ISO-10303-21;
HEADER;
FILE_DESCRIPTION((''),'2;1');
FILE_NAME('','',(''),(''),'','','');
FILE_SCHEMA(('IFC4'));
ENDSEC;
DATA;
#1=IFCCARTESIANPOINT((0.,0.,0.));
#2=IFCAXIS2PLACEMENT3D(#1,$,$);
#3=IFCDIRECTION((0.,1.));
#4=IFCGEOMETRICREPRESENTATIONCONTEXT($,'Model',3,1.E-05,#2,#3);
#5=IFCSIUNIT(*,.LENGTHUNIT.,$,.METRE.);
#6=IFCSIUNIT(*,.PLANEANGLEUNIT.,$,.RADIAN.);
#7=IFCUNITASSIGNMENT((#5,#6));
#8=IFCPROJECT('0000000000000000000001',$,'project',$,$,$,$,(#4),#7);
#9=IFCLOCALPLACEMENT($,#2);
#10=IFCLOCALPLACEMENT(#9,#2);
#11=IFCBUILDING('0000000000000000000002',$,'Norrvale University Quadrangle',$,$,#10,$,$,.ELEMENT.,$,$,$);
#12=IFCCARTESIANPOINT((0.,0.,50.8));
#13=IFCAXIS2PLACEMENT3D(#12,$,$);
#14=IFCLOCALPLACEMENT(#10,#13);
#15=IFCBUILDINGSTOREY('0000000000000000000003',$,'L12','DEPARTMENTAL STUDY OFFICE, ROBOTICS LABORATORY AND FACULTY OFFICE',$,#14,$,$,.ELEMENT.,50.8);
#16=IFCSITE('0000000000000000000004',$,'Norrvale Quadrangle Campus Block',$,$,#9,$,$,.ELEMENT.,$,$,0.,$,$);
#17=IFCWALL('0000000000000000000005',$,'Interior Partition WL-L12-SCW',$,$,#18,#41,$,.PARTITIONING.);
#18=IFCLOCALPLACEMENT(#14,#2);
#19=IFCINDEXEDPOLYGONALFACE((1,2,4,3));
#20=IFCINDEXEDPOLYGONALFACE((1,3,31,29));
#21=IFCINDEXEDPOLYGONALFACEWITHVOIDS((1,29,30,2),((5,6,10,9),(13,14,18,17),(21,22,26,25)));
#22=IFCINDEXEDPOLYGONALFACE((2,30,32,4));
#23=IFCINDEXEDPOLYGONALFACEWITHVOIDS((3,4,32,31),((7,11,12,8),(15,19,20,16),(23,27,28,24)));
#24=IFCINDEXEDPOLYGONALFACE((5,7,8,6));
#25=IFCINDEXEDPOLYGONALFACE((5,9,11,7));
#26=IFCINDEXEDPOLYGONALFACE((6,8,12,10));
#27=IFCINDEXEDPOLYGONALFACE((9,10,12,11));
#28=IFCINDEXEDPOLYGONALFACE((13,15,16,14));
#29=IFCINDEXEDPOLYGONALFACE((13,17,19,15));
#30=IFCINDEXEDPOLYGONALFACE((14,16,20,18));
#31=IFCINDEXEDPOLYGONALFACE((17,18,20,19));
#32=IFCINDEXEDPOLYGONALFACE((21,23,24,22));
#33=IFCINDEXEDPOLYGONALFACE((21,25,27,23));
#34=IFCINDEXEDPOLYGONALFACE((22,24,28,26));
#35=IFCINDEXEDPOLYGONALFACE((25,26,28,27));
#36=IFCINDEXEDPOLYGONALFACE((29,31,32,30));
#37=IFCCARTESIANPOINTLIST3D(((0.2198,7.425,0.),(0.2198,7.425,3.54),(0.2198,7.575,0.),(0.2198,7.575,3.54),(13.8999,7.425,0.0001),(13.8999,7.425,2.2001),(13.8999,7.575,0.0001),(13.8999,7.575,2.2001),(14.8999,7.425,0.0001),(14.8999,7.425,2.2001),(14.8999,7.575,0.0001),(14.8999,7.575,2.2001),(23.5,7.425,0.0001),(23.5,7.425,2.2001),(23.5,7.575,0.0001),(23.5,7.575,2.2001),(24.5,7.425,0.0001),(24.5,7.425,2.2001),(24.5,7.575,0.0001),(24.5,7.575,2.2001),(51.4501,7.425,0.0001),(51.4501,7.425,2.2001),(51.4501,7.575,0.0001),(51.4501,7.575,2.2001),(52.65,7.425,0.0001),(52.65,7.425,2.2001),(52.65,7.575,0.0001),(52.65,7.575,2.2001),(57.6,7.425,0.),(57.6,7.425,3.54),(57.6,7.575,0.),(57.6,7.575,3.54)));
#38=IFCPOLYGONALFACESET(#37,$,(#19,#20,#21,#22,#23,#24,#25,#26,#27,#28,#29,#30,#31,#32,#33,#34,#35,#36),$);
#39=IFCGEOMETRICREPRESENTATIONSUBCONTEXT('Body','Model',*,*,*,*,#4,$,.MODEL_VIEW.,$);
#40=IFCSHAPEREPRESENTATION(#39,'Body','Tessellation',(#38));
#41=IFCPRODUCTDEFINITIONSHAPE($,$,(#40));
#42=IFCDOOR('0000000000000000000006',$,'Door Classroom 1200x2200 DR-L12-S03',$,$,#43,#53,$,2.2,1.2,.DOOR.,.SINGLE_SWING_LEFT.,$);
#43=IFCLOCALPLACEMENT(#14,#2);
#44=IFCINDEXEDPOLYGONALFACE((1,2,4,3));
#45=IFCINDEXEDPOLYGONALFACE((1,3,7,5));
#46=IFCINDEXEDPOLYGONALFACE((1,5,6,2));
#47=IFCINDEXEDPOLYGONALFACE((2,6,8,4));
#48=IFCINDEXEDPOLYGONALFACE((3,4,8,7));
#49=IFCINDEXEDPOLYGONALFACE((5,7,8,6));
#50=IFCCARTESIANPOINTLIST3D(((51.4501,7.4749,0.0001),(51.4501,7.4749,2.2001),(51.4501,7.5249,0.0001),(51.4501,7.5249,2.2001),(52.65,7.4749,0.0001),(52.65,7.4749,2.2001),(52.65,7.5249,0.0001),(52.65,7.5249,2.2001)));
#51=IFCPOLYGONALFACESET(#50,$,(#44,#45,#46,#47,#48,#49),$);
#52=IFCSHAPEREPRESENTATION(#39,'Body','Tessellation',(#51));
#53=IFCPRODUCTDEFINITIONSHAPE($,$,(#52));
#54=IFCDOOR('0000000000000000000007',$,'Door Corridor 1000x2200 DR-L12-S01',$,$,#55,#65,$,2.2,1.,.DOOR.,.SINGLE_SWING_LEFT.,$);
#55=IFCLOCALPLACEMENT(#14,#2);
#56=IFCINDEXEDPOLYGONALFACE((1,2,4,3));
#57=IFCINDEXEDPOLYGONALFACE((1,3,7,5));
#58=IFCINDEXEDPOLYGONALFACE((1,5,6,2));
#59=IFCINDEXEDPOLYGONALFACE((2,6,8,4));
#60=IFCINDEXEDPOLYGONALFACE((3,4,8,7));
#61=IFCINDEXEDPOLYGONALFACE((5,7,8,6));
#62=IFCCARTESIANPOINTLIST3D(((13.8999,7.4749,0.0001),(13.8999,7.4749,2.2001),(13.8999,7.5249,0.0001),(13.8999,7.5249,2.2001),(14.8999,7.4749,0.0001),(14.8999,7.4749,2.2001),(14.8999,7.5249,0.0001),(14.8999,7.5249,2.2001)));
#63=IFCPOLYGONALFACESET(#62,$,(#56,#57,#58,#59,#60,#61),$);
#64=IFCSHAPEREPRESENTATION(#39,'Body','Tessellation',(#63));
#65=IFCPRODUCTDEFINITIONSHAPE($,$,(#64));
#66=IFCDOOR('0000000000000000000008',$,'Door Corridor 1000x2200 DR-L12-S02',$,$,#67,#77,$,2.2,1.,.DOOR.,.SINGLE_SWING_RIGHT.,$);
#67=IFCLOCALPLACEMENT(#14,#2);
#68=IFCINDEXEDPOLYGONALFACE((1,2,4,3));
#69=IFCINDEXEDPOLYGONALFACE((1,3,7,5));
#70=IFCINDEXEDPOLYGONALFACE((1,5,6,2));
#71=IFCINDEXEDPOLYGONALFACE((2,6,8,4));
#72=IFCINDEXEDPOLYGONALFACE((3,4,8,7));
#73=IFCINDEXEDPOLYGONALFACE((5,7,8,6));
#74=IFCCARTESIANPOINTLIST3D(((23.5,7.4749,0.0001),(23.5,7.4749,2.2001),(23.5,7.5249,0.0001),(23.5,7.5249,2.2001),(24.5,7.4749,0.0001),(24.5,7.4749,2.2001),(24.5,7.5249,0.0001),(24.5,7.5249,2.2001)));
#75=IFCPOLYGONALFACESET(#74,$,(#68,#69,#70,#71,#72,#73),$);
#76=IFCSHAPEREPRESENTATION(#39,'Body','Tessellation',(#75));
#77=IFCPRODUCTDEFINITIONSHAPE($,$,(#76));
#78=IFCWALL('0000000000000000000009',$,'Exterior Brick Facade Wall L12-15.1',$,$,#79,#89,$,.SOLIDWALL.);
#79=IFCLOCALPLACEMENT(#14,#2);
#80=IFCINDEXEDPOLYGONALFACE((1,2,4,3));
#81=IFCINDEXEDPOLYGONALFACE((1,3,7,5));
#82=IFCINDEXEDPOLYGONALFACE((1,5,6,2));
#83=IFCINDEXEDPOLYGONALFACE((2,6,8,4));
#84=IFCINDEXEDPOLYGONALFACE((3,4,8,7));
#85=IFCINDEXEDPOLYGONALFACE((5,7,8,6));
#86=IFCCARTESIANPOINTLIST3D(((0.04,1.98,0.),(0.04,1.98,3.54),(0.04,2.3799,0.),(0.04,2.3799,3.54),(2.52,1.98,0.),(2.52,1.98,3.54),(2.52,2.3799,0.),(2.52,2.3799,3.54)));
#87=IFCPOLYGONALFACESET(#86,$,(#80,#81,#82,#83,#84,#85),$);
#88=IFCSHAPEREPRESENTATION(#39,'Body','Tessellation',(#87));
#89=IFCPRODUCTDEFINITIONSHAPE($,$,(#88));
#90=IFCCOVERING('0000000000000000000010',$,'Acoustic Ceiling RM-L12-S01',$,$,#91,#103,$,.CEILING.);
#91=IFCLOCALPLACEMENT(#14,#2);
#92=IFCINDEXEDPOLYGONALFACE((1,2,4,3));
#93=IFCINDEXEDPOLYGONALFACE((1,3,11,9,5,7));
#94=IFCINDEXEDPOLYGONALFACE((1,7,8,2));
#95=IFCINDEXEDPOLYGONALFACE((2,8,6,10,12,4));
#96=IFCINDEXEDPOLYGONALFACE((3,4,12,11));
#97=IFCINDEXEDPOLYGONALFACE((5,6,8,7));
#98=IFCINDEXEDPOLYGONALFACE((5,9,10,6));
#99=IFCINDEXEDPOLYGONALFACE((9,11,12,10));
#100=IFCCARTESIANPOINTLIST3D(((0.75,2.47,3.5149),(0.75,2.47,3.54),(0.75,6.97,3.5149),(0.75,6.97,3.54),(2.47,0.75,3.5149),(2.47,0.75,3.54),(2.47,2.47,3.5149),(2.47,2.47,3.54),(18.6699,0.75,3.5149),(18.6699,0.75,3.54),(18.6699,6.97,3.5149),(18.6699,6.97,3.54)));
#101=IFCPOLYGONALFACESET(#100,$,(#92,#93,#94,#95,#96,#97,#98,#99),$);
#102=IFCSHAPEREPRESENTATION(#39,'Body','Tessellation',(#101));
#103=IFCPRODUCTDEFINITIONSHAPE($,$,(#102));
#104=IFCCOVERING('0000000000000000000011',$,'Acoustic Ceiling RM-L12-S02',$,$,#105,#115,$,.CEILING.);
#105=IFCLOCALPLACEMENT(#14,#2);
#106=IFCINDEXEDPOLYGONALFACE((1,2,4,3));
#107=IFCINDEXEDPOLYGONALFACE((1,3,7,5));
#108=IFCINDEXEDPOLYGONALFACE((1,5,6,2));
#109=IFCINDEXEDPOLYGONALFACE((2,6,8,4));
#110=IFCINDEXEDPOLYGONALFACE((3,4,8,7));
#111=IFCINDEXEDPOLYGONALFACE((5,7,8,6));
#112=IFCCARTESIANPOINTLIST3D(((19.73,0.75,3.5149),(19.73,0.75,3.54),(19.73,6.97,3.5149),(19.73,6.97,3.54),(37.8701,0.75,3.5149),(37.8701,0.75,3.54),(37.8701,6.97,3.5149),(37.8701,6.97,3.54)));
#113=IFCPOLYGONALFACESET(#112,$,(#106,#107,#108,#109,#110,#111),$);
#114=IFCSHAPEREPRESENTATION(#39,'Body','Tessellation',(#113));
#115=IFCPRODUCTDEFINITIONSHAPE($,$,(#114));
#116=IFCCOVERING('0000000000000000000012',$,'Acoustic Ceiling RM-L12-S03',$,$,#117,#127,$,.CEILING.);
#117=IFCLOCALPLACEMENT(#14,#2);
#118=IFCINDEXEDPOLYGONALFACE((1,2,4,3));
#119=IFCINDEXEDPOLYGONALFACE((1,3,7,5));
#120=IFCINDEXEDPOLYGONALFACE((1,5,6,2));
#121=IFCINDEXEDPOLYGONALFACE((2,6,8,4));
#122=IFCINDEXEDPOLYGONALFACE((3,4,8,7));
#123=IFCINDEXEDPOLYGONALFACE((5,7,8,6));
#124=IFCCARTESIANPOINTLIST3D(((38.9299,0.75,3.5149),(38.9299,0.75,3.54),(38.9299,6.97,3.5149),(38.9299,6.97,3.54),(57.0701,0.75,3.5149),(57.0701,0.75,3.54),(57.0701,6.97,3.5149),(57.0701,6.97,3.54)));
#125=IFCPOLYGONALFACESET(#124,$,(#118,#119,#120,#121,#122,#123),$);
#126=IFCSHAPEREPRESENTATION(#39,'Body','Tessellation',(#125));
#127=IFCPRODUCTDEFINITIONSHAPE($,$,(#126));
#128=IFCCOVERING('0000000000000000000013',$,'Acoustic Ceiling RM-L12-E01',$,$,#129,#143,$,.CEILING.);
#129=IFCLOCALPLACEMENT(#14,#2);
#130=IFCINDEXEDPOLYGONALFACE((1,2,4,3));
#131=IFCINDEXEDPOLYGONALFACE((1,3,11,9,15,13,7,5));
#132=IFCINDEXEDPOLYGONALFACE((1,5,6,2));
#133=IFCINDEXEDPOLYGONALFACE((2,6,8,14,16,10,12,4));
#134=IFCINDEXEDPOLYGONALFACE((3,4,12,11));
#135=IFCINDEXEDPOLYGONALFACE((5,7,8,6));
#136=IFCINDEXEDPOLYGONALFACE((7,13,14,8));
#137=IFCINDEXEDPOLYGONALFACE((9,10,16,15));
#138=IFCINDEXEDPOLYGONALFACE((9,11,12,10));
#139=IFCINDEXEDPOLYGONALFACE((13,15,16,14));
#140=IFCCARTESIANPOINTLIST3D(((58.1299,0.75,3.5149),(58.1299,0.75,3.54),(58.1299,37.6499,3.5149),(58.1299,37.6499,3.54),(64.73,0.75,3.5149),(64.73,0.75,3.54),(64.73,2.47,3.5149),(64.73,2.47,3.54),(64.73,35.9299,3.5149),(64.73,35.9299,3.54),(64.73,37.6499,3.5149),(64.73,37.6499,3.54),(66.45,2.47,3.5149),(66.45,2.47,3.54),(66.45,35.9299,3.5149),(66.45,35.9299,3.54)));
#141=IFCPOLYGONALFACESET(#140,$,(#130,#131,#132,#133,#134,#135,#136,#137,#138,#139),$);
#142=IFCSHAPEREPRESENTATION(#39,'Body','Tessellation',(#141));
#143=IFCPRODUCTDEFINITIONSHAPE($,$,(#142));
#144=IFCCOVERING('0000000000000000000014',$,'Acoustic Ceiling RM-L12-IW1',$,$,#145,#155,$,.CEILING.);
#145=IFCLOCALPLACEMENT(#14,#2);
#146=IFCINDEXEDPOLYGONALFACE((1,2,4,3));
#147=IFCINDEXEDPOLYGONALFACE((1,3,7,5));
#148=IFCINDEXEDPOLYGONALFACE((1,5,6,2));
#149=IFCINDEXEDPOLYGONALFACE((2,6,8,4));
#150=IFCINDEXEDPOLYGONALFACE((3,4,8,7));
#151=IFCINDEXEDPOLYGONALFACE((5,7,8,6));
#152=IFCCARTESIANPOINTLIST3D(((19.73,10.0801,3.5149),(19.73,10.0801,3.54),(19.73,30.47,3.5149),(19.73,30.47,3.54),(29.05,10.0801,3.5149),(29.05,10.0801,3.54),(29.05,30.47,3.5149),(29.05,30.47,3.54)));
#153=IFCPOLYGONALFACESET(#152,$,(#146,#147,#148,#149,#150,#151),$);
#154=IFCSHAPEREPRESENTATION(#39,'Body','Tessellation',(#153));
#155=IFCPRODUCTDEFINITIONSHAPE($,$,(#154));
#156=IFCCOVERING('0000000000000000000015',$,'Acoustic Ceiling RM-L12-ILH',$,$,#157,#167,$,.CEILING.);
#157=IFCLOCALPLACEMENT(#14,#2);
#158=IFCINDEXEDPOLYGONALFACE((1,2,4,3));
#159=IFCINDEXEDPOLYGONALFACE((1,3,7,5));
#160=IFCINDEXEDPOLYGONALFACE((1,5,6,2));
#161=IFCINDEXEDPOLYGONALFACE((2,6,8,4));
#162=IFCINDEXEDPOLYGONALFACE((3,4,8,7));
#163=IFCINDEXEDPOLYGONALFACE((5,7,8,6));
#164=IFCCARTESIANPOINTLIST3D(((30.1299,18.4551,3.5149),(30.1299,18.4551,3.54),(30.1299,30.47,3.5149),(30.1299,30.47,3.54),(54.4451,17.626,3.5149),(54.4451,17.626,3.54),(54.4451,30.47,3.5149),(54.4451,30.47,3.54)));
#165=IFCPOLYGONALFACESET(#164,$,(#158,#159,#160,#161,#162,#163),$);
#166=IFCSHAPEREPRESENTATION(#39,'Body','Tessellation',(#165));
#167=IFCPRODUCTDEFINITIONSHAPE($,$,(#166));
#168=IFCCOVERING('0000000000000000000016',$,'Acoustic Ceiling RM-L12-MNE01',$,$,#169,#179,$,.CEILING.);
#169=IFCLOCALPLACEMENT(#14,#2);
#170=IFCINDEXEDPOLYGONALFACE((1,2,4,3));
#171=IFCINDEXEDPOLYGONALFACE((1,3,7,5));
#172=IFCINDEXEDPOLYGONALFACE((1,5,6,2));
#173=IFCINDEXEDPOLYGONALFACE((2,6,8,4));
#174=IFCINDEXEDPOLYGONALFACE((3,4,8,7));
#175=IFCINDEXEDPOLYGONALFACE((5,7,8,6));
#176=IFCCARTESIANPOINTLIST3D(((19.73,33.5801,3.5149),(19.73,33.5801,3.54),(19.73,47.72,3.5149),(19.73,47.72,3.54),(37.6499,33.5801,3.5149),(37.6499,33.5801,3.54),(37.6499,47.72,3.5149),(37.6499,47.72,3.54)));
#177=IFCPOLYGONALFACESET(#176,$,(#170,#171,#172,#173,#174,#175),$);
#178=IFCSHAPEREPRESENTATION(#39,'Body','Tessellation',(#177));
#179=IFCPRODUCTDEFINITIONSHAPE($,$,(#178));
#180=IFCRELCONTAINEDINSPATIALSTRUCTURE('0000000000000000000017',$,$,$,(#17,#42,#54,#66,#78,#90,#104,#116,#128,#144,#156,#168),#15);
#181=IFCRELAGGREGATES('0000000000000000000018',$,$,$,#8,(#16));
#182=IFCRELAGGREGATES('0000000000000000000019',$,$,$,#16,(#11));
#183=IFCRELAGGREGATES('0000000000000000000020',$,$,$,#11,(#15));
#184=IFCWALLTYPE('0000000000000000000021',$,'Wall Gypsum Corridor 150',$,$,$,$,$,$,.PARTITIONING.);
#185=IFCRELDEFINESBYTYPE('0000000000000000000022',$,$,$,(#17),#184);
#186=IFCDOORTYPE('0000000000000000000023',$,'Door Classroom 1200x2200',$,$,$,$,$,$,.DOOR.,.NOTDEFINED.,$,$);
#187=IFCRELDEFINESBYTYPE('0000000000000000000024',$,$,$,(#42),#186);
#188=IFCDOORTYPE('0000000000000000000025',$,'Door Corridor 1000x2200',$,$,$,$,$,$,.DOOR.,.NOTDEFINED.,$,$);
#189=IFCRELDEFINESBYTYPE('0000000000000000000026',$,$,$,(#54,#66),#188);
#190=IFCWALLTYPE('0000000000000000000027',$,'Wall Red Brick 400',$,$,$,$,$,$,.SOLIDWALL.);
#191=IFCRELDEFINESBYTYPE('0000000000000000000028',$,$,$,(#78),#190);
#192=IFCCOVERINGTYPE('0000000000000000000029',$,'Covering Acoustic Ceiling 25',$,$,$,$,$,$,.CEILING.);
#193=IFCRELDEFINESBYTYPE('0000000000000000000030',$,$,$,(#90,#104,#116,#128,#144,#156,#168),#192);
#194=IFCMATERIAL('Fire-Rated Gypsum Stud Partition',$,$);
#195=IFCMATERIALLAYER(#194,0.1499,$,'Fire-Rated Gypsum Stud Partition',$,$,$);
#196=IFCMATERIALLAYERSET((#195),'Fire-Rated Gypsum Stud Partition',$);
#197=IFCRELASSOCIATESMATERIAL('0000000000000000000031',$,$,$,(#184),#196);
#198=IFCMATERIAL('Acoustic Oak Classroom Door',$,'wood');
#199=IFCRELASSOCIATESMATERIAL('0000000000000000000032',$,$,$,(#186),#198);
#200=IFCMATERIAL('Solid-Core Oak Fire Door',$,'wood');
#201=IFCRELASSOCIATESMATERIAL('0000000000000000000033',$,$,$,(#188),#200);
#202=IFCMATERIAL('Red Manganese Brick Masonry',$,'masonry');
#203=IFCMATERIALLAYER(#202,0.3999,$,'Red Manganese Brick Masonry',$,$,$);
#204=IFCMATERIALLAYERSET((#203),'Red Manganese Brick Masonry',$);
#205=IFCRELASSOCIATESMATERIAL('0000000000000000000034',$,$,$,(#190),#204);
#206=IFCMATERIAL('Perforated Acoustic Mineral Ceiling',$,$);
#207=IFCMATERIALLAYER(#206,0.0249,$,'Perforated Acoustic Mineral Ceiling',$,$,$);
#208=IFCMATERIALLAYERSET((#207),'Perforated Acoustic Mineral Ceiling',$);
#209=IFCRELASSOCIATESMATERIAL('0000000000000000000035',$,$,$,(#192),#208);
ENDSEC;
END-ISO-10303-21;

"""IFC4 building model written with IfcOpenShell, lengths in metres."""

from ifc_helpers import new_model, si_unit, direction, frame, frame_2d, origin, place, context, subcontext, project, spatial, polyline, rectangle, outline, extrude, material, layer, layer_set, type_object, element, fill, save


model = new_model("IFC4")

# Units and contexts
model_context = context("Model", 3, precision=1e-05, world=origin(), true_north=direction((0.0, 1.0)))
body_context = subcontext(model_context, "Body", "Model", "MODEL_VIEW")
ifc_project = project(units=[si_unit("LENGTHUNIT", "METRE"), si_unit("PLANEANGLEUNIT", "RADIAN")], contexts=[model_context])

# Site, building, storey
site_placement = place(None, origin())
site = spatial("IfcSite", under=ifc_project, at=site_placement, Name="Norrvale Quadrangle Campus Block", CompositionType="ELEMENT", RefElevation=0.0)
building_placement = place(site_placement, origin())
building = spatial("IfcBuilding", under=site, at=building_placement, Name="Norrvale University Quadrangle", CompositionType="ELEMENT")
storey_placement = place(building_placement, frame((0.0, 0.0, 50.8)))
storey = spatial("IfcBuildingStorey", under=building, at=storey_placement, Name="L12", Description="DEPARTMENTAL STUDY OFFICE, ROBOTICS LABORATORY AND FACULTY OFFICE", CompositionType="ELEMENT", Elevation=50.8)

# Wall, openings, doors
ifc_material_1 = material(Name="Fire-Rated Gypsum Stud Partition")
ifc_layer_1 = layer(ifc_material_1, 0.1499, Name="Fire-Rated Gypsum Stud Partition")
ifc_layer_set_1 = layer_set([ifc_layer_1], Name="Fire-Rated Gypsum Stud Partition")
wall_type_1 = type_object("IfcWallType", Name="Wall Gypsum Corridor 150", PredefinedType="PARTITIONING", material=ifc_layer_set_1)
wall_1_placement = place(storey_placement, frame((0.22, 7.5, 0.0), z_axis=(0.0, 0.0, 1.0), x_axis=(1.0, 0.0, 0.0)))
wall_1 = element("IfcWall", 1, at=wall_1_placement, inside=storey, type_object=wall_type_1, Name="Interior Partition WL-L12-SCW", PredefinedType="PARTITIONING", context=body_context, shape_type="SweptSolid", body=[
    extrude(rectangle(XDim=57.3801, YDim=0.1499, at=frame_2d((28.6899, 0.0))), origin(), (0.0, 0.0, 1.0), 3.54),
])
opening_1_placement = place(wall_1_placement, frame((13.6799, 0.0, 0.0)))
opening_1 = element("IfcOpeningElement", 2, at=opening_1_placement, cuts=wall_1, PredefinedType="OPENING", context=body_context, shape_type="SweptSolid", body=[
    extrude(rectangle(XDim=1.0, YDim=2.2, at=frame_2d((0.5, 1.1001))), frame((0.0, 0.0869, 0.0), z_axis=(0.0, -1.0, 0.0), x_axis=(1.0, 0.0, 0.0)), (0.0, 0.0, 1.0), 0.1738),
])
opening_2_placement = place(wall_1_placement, frame((23.28, 0.0, 0.0)))
opening_2 = element("IfcOpeningElement", 3, at=opening_2_placement, cuts=wall_1, PredefinedType="OPENING", context=body_context, shape_type="SweptSolid", body=[
    extrude(rectangle(XDim=1.0, YDim=2.2, at=frame_2d((0.5, 1.1001))), frame((0.0, 0.0869, 0.0), z_axis=(0.0, -1.0, 0.0), x_axis=(1.0, 0.0, 0.0)), (0.0, 0.0, 1.0), 0.1738),
])
opening_3_placement = place(wall_1_placement, frame((51.23, 0.0, 0.0)))
opening_3 = element("IfcOpeningElement", 4, at=opening_3_placement, cuts=wall_1, PredefinedType="OPENING", context=body_context, shape_type="SweptSolid", body=[
    extrude(rectangle(XDim=1.2, YDim=2.2, at=frame_2d((0.6001, 1.1001))), frame((0.0, 0.0869, 0.0), z_axis=(0.0, -1.0, 0.0), x_axis=(1.0, 0.0, 0.0)), (0.0, 0.0, 1.0), 0.1738),
])
ifc_material_2 = material(Name="Acoustic Oak Classroom Door", Category="wood")
door_type_1 = type_object("IfcDoorType", Name="Door Classroom 1200x2200", OperationType="NOTDEFINED", PredefinedType="DOOR", material=ifc_material_2)
door_1_placement = place(opening_3_placement, origin())
door_1 = element("IfcDoor", 5, at=door_1_placement, inside=storey, type_object=door_type_1, Name="Door Classroom 1200x2200 DR-L12-S03", OperationType="SINGLE_SWING_LEFT", OverallHeight=2.2, OverallWidth=1.2, PredefinedType="DOOR", context=body_context, shape_type="SweptSolid", body=[
    extrude(rectangle(XDim=1.2, YDim=2.2, at=frame_2d((0.6001, 1.1001))), frame((0.0, 0.0249, 0.0), z_axis=(0.0, -1.0, 0.0), x_axis=(1.0, 0.0, 0.0)), (0.0, 0.0, 1.0), 0.05),
])
fill(opening_3, door_1)
ifc_material_3 = material(Name="Solid-Core Oak Fire Door", Category="wood")
door_type_2 = type_object("IfcDoorType", Name="Door Corridor 1000x2200", OperationType="NOTDEFINED", PredefinedType="DOOR", material=ifc_material_3)
door_2_placement = place(opening_1_placement, origin())
door_2 = element("IfcDoor", 6, at=door_2_placement, inside=storey, type_object=door_type_2, Name="Door Corridor 1000x2200 DR-L12-S01", OperationType="SINGLE_SWING_LEFT", OverallHeight=2.2, OverallWidth=1.0, PredefinedType="DOOR", context=body_context, shape_type="SweptSolid", body=[
    extrude(rectangle(XDim=1.0, YDim=2.2, at=frame_2d((0.5, 1.1001))), frame((0.0, 0.0249, 0.0), z_axis=(0.0, -1.0, 0.0), x_axis=(1.0, 0.0, 0.0)), (0.0, 0.0, 1.0), 0.05),
])
fill(opening_1, door_2)
door_3_placement = place(opening_2_placement, origin())
door_3 = element("IfcDoor", 7, at=door_3_placement, inside=storey, type_object=door_type_2, Name="Door Corridor 1000x2200 DR-L12-S02", OperationType="SINGLE_SWING_RIGHT", OverallHeight=2.2, OverallWidth=1.0, PredefinedType="DOOR", context=body_context, shape_type="SweptSolid", body=[
    extrude(rectangle(XDim=1.0, YDim=2.2, at=frame_2d((0.5, 1.1001))), frame((0.0, 0.0249, 0.0), z_axis=(0.0, -1.0, 0.0), x_axis=(1.0, 0.0, 0.0)), (0.0, 0.0, 1.0), 0.05),
])
fill(opening_2, door_3)

# Wall
ifc_material_4 = material(Name="Red Manganese Brick Masonry", Category="masonry")
ifc_layer_2 = layer(ifc_material_4, 0.3999, Name="Red Manganese Brick Masonry")
ifc_layer_set_2 = layer_set([ifc_layer_2], Name="Red Manganese Brick Masonry")
wall_type_2 = type_object("IfcWallType", Name="Wall Red Brick 400", PredefinedType="SOLIDWALL", material=ifc_layer_set_2)
wall_2_placement = place(storey_placement, frame((0.04, 2.1799, 0.0), z_axis=(0.0, 0.0, 1.0), x_axis=(1.0, 0.0, 0.0)))
element("IfcWall", 8, at=wall_2_placement, inside=storey, type_object=wall_type_2, Name="Exterior Brick Facade Wall L12-15.1", PredefinedType="SOLIDWALL", context=body_context, shape_type="SweptSolid", body=[
    extrude(rectangle(XDim=2.48, YDim=0.3999, at=frame_2d((1.24, 0.0))), origin(), (0.0, 0.0, 1.0), 3.54),
])

# Coverings
ifc_material_5 = material(Name="Perforated Acoustic Mineral Ceiling")
ifc_layer_3 = layer(ifc_material_5, 0.0249, Name="Perforated Acoustic Mineral Ceiling")
ifc_layer_set_3 = layer_set([ifc_layer_3], Name="Perforated Acoustic Mineral Ceiling")
covering_type_1 = type_object("IfcCoveringType", Name="Covering Acoustic Ceiling 25", PredefinedType="CEILING", material=ifc_layer_set_3)
covering_1_placement = place(storey_placement, frame((0.0, 0.0, 3.5149)))
element("IfcCovering", 9, at=covering_1_placement, inside=storey, type_object=covering_type_1, Name="Acoustic Ceiling RM-L12-S01", PredefinedType="CEILING", context=body_context, shape_type="SweptSolid", body=[
    extrude(outline(polyline([(0.75, 6.97), (18.6699, 6.97), (18.6699, 0.75), (2.47, 0.75), (2.47, 2.47), (0.75, 2.47), (0.75, 6.97)])), origin(), (0.0, 0.0, 1.0), 0.0251),
])
covering_2_placement = place(storey_placement, frame((0.0, 0.0, 3.5149)))
element("IfcCovering", 10, at=covering_2_placement, inside=storey, type_object=covering_type_1, Name="Acoustic Ceiling RM-L12-S02", PredefinedType="CEILING", context=body_context, shape_type="SweptSolid", body=[
    extrude(outline(polyline([(19.73, 6.97), (37.8701, 6.97), (37.8701, 0.75), (19.73, 0.75), (19.73, 6.97)])), origin(), (0.0, 0.0, 1.0), 0.0251),
])
covering_3_placement = place(storey_placement, frame((0.0, 0.0, 3.5149)))
element("IfcCovering", 11, at=covering_3_placement, inside=storey, type_object=covering_type_1, Name="Acoustic Ceiling RM-L12-S03", PredefinedType="CEILING", context=body_context, shape_type="SweptSolid", body=[
    extrude(outline(polyline([(38.9299, 6.97), (57.0701, 6.97), (57.0701, 0.75), (38.9299, 0.75), (38.9299, 6.97)])), origin(), (0.0, 0.0, 1.0), 0.0251),
])
covering_4_placement = place(storey_placement, frame((0.0, 0.0, 3.5149)))
element("IfcCovering", 12, at=covering_4_placement, inside=storey, type_object=covering_type_1, Name="Acoustic Ceiling RM-L12-E01", PredefinedType="CEILING", context=body_context, shape_type="SweptSolid", body=[
    extrude(outline(polyline([(58.1299, 0.75), (58.1299, 37.6499), (64.73, 37.6499), (64.73, 35.9299), (66.45, 35.9299), (66.45, 2.47), (64.73, 2.47), (64.73, 0.75), (58.1299, 0.75)])), origin(), (0.0, 0.0, 1.0), 0.0251),
])
covering_5_placement = place(storey_placement, frame((0.0, 0.0, 3.5149)))
element("IfcCovering", 13, at=covering_5_placement, inside=storey, type_object=covering_type_1, Name="Acoustic Ceiling RM-L12-IW1", PredefinedType="CEILING", context=body_context, shape_type="SweptSolid", body=[
    extrude(outline(polyline([(19.73, 10.0801), (19.73, 30.47), (29.05, 30.47), (29.05, 10.0801), (19.73, 10.0801)])), origin(), (0.0, 0.0, 1.0), 0.0251),
])
covering_6_placement = place(storey_placement, frame((0.0, 0.0, 3.5149)))
element("IfcCovering", 14, at=covering_6_placement, inside=storey, type_object=covering_type_1, Name="Acoustic Ceiling RM-L12-ILH", PredefinedType="CEILING", context=body_context, shape_type="SweptSolid", body=[
    extrude(outline(polyline([(30.1299, 18.4551), (30.1299, 30.47), (54.4451, 30.47), (54.4451, 17.626), (30.1299, 18.4551)])), origin(), (0.0, 0.0, 1.0), 0.0251),
])
covering_7_placement = place(storey_placement, frame((0.0, 0.0, 3.5149)))
element("IfcCovering", 15, at=covering_7_placement, inside=storey, type_object=covering_type_1, Name="Acoustic Ceiling RM-L12-MNE01", PredefinedType="CEILING", context=body_context, shape_type="SweptSolid", body=[
    extrude(outline(polyline([(19.73, 47.72), (37.6499, 47.72), (37.6499, 33.5801), (19.73, 33.5801), (19.73, 47.72)])), origin(), (0.0, 0.0, 1.0), 0.0251),
])

save(model, "model.ifc")
